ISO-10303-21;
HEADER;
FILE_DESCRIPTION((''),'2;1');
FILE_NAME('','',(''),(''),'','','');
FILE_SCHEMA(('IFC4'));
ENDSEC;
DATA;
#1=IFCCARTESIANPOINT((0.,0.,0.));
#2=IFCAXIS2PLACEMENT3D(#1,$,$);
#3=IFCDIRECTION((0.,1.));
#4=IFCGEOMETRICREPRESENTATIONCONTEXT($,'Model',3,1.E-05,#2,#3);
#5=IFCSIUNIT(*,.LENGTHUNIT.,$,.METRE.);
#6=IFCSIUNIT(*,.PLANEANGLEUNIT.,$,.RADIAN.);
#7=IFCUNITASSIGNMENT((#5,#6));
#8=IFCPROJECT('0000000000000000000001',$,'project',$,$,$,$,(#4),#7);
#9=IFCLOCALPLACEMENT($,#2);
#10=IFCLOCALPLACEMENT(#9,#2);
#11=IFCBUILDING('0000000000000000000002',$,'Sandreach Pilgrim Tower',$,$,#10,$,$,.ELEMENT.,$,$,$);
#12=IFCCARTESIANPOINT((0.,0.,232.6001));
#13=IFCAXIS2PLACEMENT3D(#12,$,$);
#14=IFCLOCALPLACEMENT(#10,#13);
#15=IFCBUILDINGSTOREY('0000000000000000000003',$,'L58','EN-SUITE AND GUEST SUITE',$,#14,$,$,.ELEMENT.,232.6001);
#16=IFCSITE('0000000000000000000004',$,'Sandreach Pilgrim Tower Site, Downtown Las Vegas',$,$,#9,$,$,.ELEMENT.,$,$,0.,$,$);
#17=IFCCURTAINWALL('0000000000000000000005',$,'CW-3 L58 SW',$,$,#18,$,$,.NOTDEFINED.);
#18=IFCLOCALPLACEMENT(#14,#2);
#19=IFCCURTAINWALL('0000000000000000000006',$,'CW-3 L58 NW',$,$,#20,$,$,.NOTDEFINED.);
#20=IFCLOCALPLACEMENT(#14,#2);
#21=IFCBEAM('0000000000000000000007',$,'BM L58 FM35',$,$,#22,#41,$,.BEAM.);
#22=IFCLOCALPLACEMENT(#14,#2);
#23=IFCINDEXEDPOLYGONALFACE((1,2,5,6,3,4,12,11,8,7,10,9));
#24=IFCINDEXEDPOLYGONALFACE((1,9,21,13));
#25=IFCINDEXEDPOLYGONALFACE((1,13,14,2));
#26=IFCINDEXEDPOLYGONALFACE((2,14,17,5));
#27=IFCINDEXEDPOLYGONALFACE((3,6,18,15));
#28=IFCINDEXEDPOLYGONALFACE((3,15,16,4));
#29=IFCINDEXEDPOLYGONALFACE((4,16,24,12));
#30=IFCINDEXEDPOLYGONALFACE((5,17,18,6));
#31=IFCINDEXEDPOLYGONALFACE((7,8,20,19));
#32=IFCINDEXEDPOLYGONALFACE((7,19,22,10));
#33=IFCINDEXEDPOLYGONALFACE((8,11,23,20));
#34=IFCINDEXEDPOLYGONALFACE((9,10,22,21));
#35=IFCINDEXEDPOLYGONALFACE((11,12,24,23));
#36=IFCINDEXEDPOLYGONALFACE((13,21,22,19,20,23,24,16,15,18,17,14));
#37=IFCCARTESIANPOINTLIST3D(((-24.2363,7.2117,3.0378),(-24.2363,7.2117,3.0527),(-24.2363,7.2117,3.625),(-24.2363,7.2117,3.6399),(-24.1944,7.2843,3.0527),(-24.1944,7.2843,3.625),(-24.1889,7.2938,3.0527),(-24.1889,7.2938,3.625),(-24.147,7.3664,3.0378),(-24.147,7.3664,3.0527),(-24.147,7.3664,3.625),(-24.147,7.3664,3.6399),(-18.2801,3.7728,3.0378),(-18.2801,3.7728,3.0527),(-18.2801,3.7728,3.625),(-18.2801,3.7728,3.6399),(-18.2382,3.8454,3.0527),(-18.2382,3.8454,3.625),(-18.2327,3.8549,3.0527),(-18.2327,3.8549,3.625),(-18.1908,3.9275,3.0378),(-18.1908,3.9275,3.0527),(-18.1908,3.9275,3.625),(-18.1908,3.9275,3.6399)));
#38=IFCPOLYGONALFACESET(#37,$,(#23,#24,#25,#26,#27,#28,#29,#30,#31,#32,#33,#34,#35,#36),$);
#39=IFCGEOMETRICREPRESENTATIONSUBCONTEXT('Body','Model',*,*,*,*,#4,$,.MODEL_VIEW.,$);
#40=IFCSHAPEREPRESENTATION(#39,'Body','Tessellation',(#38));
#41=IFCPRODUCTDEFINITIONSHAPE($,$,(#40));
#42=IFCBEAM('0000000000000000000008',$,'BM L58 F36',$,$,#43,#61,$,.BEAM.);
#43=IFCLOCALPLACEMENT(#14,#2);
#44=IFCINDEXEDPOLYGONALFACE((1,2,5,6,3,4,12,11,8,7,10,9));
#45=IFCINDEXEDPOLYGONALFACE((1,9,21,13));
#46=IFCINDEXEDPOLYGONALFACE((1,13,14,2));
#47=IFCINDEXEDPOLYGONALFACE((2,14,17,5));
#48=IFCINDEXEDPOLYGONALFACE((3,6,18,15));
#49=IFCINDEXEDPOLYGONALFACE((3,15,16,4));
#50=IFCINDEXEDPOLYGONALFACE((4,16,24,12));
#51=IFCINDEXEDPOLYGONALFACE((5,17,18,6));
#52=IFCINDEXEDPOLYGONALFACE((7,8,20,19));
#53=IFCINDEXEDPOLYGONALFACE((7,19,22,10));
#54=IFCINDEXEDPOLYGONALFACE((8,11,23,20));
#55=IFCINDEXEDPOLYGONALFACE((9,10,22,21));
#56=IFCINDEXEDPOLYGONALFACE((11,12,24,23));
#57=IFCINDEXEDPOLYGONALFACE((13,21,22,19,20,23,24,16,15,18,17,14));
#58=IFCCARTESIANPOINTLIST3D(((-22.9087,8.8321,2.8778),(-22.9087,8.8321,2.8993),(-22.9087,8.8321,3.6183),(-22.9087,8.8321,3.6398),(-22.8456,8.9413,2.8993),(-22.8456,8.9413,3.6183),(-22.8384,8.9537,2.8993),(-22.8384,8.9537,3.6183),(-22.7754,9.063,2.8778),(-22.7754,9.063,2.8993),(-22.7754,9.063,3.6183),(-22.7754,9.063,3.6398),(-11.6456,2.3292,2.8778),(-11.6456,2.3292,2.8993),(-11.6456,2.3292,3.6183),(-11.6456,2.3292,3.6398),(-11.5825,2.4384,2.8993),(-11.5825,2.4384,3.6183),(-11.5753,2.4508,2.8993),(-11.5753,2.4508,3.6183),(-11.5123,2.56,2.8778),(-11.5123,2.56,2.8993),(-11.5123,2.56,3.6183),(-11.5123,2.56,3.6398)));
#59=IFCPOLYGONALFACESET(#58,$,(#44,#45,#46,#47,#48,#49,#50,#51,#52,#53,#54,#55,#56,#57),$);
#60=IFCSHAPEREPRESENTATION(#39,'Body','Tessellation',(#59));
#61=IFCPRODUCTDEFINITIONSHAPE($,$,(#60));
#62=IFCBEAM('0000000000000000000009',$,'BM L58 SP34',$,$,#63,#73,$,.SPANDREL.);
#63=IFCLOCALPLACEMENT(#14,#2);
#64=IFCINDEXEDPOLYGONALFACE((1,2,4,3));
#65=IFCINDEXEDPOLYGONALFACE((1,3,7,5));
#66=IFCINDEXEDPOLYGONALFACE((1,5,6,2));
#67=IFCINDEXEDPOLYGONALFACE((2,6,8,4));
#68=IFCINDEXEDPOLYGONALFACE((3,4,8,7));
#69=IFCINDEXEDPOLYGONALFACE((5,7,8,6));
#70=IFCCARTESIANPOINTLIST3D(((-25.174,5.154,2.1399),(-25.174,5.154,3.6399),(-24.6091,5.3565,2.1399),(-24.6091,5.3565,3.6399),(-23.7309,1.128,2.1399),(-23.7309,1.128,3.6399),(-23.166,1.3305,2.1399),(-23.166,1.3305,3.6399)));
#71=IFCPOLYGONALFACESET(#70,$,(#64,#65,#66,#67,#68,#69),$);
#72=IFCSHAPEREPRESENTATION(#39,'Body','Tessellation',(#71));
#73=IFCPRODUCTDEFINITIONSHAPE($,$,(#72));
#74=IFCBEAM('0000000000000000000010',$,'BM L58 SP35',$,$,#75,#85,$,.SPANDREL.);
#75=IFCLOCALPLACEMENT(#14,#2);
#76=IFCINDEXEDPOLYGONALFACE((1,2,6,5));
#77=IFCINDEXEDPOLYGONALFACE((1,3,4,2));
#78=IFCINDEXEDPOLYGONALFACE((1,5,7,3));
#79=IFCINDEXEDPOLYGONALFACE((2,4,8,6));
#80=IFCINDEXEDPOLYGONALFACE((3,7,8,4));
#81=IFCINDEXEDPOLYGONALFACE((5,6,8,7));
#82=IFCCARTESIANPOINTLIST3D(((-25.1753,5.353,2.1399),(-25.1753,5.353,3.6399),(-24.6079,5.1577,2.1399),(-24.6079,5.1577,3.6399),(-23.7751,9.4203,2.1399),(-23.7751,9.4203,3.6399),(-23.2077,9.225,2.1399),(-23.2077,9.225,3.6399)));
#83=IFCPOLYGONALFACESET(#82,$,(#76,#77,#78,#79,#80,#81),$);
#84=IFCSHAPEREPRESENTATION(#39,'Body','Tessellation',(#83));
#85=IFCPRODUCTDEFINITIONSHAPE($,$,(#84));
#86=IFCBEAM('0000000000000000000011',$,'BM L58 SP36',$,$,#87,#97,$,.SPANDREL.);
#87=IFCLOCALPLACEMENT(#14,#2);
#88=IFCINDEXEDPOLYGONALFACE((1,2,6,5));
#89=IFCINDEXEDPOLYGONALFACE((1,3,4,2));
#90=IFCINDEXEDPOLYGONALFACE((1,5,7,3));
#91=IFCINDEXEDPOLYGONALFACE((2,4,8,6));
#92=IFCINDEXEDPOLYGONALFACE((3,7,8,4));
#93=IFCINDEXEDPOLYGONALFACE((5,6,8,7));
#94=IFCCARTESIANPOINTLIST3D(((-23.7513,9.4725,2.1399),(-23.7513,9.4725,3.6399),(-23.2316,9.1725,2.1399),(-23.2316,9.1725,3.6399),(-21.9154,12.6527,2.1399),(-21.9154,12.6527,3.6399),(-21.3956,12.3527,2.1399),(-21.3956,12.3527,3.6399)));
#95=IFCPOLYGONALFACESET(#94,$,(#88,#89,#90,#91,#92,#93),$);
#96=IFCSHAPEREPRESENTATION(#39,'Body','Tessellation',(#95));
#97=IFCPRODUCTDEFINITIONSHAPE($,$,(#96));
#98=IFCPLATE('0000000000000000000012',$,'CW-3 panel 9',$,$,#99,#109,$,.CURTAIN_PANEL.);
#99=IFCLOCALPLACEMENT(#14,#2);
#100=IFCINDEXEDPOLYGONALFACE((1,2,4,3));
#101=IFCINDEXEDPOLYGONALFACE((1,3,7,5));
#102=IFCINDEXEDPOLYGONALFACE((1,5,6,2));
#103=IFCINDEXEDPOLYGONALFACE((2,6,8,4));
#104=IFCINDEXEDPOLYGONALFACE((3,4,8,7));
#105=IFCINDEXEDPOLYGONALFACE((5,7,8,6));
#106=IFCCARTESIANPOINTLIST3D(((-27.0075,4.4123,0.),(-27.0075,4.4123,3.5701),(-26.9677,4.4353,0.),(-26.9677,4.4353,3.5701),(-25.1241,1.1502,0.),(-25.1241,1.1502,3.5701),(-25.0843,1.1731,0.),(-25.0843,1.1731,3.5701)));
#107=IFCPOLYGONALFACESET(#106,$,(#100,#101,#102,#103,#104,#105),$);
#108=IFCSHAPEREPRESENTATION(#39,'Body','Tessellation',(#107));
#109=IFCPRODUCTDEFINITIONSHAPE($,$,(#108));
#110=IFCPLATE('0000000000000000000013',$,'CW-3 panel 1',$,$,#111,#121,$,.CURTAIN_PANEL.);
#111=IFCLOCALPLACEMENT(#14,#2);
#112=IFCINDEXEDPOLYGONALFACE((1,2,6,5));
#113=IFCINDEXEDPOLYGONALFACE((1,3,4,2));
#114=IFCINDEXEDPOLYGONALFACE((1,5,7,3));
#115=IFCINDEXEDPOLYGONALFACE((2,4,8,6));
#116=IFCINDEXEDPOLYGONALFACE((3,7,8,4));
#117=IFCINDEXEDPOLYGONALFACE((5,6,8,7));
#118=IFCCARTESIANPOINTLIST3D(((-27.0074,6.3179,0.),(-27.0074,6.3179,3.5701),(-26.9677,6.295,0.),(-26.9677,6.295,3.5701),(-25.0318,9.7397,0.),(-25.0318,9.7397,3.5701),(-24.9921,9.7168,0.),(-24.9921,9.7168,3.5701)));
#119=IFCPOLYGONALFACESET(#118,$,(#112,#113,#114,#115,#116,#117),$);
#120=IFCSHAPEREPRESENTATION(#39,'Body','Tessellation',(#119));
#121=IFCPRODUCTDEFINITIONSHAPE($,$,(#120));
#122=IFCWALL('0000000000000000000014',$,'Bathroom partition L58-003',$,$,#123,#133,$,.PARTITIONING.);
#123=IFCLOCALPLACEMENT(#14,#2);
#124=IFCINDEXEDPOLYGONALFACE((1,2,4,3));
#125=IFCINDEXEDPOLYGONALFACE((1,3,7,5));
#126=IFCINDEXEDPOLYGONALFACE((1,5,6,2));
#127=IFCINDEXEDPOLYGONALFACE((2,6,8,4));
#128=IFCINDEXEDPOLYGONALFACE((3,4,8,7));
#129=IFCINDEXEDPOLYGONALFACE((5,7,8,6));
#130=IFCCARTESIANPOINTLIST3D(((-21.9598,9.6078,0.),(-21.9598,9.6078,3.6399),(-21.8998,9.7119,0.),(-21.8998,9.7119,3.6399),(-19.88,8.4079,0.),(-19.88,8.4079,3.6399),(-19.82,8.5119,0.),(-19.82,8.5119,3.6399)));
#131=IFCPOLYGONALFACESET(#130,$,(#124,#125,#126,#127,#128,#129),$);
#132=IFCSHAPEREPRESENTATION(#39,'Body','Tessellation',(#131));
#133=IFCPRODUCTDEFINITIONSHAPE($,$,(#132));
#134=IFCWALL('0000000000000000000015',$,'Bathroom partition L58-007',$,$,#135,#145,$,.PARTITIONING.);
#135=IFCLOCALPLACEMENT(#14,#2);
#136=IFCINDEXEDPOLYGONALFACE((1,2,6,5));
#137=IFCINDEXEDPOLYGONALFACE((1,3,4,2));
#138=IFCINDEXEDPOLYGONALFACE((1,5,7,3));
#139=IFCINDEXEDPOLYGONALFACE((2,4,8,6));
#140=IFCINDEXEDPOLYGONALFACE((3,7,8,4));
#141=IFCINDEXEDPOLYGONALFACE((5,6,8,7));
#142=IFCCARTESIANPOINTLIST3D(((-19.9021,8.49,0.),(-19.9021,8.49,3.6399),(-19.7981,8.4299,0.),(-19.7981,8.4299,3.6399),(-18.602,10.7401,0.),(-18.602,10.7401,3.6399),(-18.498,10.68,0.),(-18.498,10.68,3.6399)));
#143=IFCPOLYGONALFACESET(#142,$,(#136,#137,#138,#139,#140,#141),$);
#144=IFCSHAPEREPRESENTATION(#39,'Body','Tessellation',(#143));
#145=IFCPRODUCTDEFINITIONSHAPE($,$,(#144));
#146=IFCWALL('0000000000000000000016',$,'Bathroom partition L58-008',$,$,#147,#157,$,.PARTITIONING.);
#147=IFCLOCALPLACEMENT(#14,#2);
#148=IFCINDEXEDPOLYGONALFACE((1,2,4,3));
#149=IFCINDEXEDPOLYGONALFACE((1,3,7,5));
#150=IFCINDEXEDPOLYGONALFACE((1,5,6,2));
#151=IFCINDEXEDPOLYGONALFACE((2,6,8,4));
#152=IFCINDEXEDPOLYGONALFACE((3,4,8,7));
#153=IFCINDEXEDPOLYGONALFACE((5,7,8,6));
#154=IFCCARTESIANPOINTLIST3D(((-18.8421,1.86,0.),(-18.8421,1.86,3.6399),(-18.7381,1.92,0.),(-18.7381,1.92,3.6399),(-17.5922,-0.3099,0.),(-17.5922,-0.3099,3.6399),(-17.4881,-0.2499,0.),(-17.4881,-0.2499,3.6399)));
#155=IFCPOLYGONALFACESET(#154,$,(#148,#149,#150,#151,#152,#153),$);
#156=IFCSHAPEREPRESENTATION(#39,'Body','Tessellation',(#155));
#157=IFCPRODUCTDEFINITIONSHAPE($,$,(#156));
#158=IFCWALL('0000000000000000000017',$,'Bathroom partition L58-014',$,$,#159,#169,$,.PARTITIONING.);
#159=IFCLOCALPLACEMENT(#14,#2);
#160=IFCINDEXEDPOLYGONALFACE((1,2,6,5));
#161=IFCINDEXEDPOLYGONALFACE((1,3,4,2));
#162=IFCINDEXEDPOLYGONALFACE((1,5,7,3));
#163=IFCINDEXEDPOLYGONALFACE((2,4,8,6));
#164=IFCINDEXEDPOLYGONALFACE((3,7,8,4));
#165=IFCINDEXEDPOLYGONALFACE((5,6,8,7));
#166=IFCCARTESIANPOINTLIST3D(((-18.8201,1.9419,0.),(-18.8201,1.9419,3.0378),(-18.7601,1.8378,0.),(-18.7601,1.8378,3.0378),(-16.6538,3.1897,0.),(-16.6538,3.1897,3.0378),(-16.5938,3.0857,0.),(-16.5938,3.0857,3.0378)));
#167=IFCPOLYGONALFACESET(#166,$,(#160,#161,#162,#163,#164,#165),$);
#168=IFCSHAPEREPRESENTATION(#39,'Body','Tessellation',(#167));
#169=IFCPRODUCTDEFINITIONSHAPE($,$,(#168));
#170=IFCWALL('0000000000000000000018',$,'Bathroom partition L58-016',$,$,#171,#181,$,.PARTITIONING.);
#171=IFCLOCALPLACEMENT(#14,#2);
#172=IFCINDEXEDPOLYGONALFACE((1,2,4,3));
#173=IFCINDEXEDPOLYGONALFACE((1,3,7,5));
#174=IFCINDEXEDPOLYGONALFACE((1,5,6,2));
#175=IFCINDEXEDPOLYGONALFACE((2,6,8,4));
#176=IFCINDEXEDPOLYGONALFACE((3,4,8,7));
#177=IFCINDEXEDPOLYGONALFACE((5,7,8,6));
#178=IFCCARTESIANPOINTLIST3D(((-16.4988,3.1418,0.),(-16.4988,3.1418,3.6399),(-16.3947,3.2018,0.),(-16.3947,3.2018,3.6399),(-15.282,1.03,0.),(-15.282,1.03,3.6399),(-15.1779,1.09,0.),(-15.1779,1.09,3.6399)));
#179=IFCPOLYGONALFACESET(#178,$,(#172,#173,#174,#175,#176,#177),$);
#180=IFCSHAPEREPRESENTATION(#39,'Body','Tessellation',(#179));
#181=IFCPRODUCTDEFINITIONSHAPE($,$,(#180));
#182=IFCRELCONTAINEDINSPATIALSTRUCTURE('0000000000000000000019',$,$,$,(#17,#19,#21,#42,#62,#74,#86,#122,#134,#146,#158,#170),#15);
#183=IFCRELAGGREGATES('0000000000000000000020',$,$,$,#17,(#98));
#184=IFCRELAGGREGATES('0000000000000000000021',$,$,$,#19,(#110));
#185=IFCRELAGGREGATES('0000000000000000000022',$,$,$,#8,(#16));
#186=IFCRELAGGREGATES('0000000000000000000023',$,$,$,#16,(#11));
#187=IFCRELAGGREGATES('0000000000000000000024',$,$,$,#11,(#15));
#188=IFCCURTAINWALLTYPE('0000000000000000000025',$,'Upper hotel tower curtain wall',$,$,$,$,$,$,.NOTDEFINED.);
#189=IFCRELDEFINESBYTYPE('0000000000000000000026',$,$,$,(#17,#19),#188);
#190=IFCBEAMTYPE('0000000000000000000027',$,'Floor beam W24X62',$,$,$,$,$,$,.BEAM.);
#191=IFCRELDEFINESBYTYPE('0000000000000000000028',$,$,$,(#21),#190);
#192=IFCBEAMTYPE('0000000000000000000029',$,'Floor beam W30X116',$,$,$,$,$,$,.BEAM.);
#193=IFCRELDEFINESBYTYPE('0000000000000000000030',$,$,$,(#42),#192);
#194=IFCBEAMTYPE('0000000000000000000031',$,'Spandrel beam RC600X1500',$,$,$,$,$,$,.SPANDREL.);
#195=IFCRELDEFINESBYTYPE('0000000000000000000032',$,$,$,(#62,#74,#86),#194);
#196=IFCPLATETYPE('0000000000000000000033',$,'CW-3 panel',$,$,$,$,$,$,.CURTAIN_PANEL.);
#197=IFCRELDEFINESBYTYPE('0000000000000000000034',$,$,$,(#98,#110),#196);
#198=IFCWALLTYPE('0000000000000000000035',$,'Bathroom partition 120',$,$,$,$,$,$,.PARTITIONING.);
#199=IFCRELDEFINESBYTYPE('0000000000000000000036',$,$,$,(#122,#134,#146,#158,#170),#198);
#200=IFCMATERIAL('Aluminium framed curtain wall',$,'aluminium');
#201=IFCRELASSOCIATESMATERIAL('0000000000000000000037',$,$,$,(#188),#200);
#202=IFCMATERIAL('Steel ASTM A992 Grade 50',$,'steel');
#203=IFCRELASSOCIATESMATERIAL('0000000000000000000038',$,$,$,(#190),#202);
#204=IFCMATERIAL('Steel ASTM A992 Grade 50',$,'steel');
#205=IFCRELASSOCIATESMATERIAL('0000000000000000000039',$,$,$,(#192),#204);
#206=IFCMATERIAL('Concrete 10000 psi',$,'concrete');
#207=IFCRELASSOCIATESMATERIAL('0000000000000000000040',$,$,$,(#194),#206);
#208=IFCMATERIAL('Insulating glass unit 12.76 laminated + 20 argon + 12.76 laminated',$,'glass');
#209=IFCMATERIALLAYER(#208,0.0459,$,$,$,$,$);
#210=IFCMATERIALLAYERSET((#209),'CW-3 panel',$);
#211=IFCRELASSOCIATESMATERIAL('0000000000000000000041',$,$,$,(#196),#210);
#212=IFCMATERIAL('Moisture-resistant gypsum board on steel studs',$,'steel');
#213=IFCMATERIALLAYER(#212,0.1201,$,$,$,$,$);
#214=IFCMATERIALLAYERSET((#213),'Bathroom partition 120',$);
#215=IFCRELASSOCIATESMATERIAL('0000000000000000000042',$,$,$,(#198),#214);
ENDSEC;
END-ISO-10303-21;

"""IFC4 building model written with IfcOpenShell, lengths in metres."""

from ifc_helpers import new_model, si_unit, direction, frame, frame_2d, origin, origin_2d, place, context, subcontext, project, spatial, rectangle, i_section, extrude, material, layer, layer_set, material_profile, profile_set, type_object, element, aggregate, save


model = new_model("IFC4")

# Units and contexts
model_context = context("Model", 3, precision=1e-05, world=origin(), true_north=direction((0.0, 1.0)))
body_context = subcontext(model_context, "Body", "Model", "MODEL_VIEW")
ifc_project = project(units=[si_unit("LENGTHUNIT", "METRE"), si_unit("PLANEANGLEUNIT", "RADIAN")], contexts=[model_context])

# Site, building, storey
site_placement = place(None, origin())
site = spatial("IfcSite", under=ifc_project, at=site_placement, Name="Sandreach Pilgrim Tower Site, Downtown Las Vegas", CompositionType="ELEMENT", RefElevation=0.0)
building_placement = place(site_placement, origin())
building = spatial("IfcBuilding", under=site, at=building_placement, Name="Sandreach Pilgrim Tower", CompositionType="ELEMENT")
storey_placement = place(building_placement, frame((0.0, 0.0, 232.6001)))
storey = spatial("IfcBuildingStorey", under=building, at=storey_placement, Name="L58", Description="EN-SUITE AND GUEST SUITE", CompositionType="ELEMENT", Elevation=232.6001)

# Curtain wall
ifc_material_1 = material(Name="Aluminium framed curtain wall", Category="aluminium")
curtain_wall_type = type_object("IfcCurtainWallType", Name="Upper hotel tower curtain wall", PredefinedType="NOTDEFINED", material=ifc_material_1)
curtain_wall_1_placement = place(storey_placement, origin())
curtain_wall_1 = element("IfcCurtainWall", 1, at=curtain_wall_1_placement, inside=storey, type_object=curtain_wall_type, Name="CW-3 L58 SW", PredefinedType="NOTDEFINED")

# Curtain wall
curtain_wall_2_placement = place(storey_placement, origin())
curtain_wall_2 = element("IfcCurtainWall", 2, at=curtain_wall_2_placement, inside=storey, type_object=curtain_wall_type, Name="CW-3 L58 NW", PredefinedType="NOTDEFINED")

# Beams
ifc_material_2 = material(Name="Steel ASTM A992 Grade 50", Category="steel")
ifc_material_profile_1 = material_profile(ifc_material_2, i_section(OverallWidth=0.1787, OverallDepth=0.6021, WebThickness=0.011, FlangeThickness=0.0149, at=origin_2d()), Name="W24X62")
ifc_profile_set_1 = profile_set([ifc_material_profile_1], Name="Steel ASTM A992 Grade 50")
beam_type_1 = type_object("IfcBeamType", Name="Floor beam W24X62", PredefinedType="BEAM", material=ifc_profile_set_1)
beam_1_placement = place(storey_placement, frame((-24.1917, 7.2891, 3.3389), z_axis=(0.866019, -0.50001, 0.0), x_axis=(0.50001, 0.866019, 0.0)))
element("IfcBeam", 3, at=beam_1_placement, inside=storey, type_object=beam_type_1, Name="BM L58 FM35", PredefinedType="BEAM", context=body_context, shape_type="SweptSolid", body=[
    extrude(i_section(OverallWidth=0.1787, OverallDepth=0.6021, WebThickness=0.011, FlangeThickness=0.0149, at=origin_2d()), origin(), (0.0, 0.0, 1.0), 6.8777),
])
ifc_material_3 = material(Name="Steel ASTM A992 Grade 50", Category="steel")
ifc_material_profile_2 = material_profile(ifc_material_3, i_section(OverallWidth=0.2666, OverallDepth=0.762, WebThickness=0.0144, FlangeThickness=0.0215, at=origin_2d()), Name="W30X116")
ifc_profile_set_2 = profile_set([ifc_material_profile_2], Name="Steel ASTM A992 Grade 50")
beam_type_2 = type_object("IfcBeamType", Name="Floor beam W30X116", PredefinedType="BEAM", material=ifc_profile_set_2)
beam_2_placement = place(storey_placement, frame((-22.842, 8.9475, 3.2588), z_axis=(0.866021, -0.500007, 0.0), x_axis=(0.500007, 0.866021, 0.0)))
element("IfcBeam", 4, at=beam_2_placement, inside=storey, type_object=beam_type_2, Name="BM L58 F36", PredefinedType="BEAM", context=body_context, shape_type="SweptSolid", body=[
    extrude(i_section(OverallWidth=0.2666, OverallDepth=0.762, WebThickness=0.0144, FlangeThickness=0.0215, at=origin_2d()), origin(), (0.0, 0.0, 1.0), 13.0056),
])
ifc_material_4 = material(Name="Concrete 10000 psi", Category="concrete")
ifc_material_profile_3 = material_profile(ifc_material_4, rectangle(XDim=0.6001, YDim=1.5, at=origin_2d()), Name="RC600X1500")
ifc_profile_set_3 = profile_set([ifc_material_profile_3], Name="Concrete 10000 psi")
beam_type_3 = type_object("IfcBeamType", Name="Spandrel beam RC600X1500", PredefinedType="SPANDREL", material=ifc_profile_set_3)
beam_3_placement = place(storey_placement, frame((-23.4485, 1.2292, 2.8899), z_axis=(-0.337417, 0.941355, 0.0), x_axis=(-0.941355, -0.337417, 0.0)))
element("IfcBeam", 5, at=beam_3_placement, inside=storey, type_object=beam_type_3, Name="BM L58 SP34", PredefinedType="SPANDREL", context=body_context, shape_type="SweptSolid", body=[
    extrude(rectangle(XDim=0.6001, YDim=1.5, at=origin_2d()), origin(), (0.0, 0.0, 1.0), 4.2769),
])
beam_4_placement = place(storey_placement, frame((-24.8916, 5.2554, 2.8899), z_axis=(0.32551, 0.945539, 0.0), x_axis=(-0.945539, 0.32551, 0.0)))
element("IfcBeam", 6, at=beam_4_placement, inside=storey, type_object=beam_type_3, Name="BM L58 SP35", PredefinedType="SPANDREL", context=body_context, shape_type="SweptSolid", body=[
    extrude(rectangle(XDim=0.6001, YDim=1.5, at=origin_2d()), origin(), (0.0, 0.0, 1.0), 4.3015),
])
beam_5_placement = place(storey_placement, frame((-23.4915, 9.3225, 2.8899), z_axis=(0.499972, 0.866042, 0.0), x_axis=(-0.866042, 0.499972, 0.0)))
element("IfcBeam", 7, at=beam_5_placement, inside=storey, type_object=beam_type_3, Name="BM L58 SP36", PredefinedType="SPANDREL", context=body_context, shape_type="SweptSolid", body=[
    extrude(rectangle(XDim=0.6001, YDim=1.5, at=origin_2d()), origin(), (0.0, 0.0, 1.0), 3.6721),
])

# Plates
ifc_material_5 = material(Name="Insulating glass unit 12.76 laminated + 20 argon + 12.76 laminated", Category="glass")
ifc_layer_1 = layer(ifc_material_5, 0.0459)
ifc_layer_set_1 = layer_set([ifc_layer_1], Name="CW-3 panel")
plate_type = type_object("IfcPlateType", Name="CW-3 panel", PredefinedType="CURTAIN_PANEL", material=ifc_layer_set_1)
plate_1_placement = place(storey_placement, frame((-26.0459, 2.7927, 0.0), z_axis=(0.0, 0.0, 1.0), x_axis=(-0.5, 0.866025, 0.0)))
plate_1 = element("IfcPlate", 8, at=plate_1_placement, type_object=plate_type, Name="CW-3 panel 9", PredefinedType="CURTAIN_PANEL", context=body_context, shape_type="SweptSolid", body=[
    extrude(rectangle(XDim=3.7668, YDim=0.0459, at=origin_2d()), origin(), (0.0, 0.0, 1.0), 3.5701),
])
aggregate(curtain_wall_1, [plate_1])
plate_2_placement = place(storey_placement, frame((-25.9998, 8.0173, 0.0), z_axis=(0.0, 0.0, 1.0), x_axis=(0.5, 0.866025, 0.0)))
plate_2 = element("IfcPlate", 9, at=plate_2_placement, type_object=plate_type, Name="CW-3 panel 1", PredefinedType="CURTAIN_PANEL", context=body_context, shape_type="SweptSolid", body=[
    extrude(rectangle(XDim=3.9512, YDim=0.0459, at=origin_2d()), origin(), (0.0, 0.0, 1.0), 3.5701),
])
aggregate(curtain_wall_2, [plate_2])

# Walls
ifc_material_6 = material(Name="Moisture-resistant gypsum board on steel studs", Category="steel")
ifc_layer_2 = layer(ifc_material_6, 0.1201)
ifc_layer_set_2 = layer_set([ifc_layer_2], Name="Bathroom partition 120")
wall_type_1 = type_object("IfcWallType", Name="Bathroom partition 120", PredefinedType="PARTITIONING", material=ifc_layer_set_2)
wall_1_placement = place(storey_placement, frame((-21.9299, 9.6599, 0.0), z_axis=(0.0, 0.0, 1.0), x_axis=(0.866177, -0.499737, 0.0)))
element("IfcWall", 10, at=wall_1_placement, inside=storey, type_object=wall_type_1, Name="Bathroom partition L58-003", PredefinedType="PARTITIONING", context=body_context, shape_type="SweptSolid", body=[
    extrude(rectangle(XDim=2.4011, YDim=0.1201, at=frame_2d((1.2007, 0.0))), origin(), (0.0, 0.0, 1.0), 3.6399),
])
wall_2_placement = place(storey_placement, frame((-19.8501, 8.46, 0.0), z_axis=(0.0, 0.0, 1.0), x_axis=(0.500292, 0.865857, 0.0)))
element("IfcWall", 11, at=wall_2_placement, inside=storey, type_object=wall_type_1, Name="Bathroom partition L58-007", PredefinedType="PARTITIONING", context=body_context, shape_type="SweptSolid", body=[
    extrude(rectangle(XDim=2.5986, YDim=0.1201, at=frame_2d((1.2993, 0.0))), origin(), (0.0, 0.0, 1.0), 3.6399),
])
wall_3_placement = place(storey_placement, frame((-18.79, 1.8899, 0.0), z_axis=(0.0, 0.0, 1.0), x_axis=(0.49916, -0.86651, 0.0)))
element("IfcWall", 12, at=wall_3_placement, inside=storey, type_object=wall_type_1, Name="Bathroom partition L58-008", PredefinedType="PARTITIONING", context=body_context, shape_type="SweptSolid", body=[
    extrude(rectangle(XDim=2.5042, YDim=0.1201, at=frame_2d((1.252, 0.0))), origin(), (0.0, 0.0, 1.0), 3.6399),
])
wall_4_placement = place(storey_placement, frame((-16.6238, 3.1377, 0.0), z_axis=(0.0, 0.0, 1.0), x_axis=(-0.866525, -0.499133, 0.0)))
element("IfcWall", 13, at=wall_4_placement, inside=storey, type_object=wall_type_1, Name="Bathroom partition L58-014", PredefinedType="PARTITIONING", context=body_context, shape_type="SweptSolid", body=[
    extrude(rectangle(XDim=2.5, YDim=0.1201, at=frame_2d((1.25, 0.0))), origin(), (0.0, 0.0, 1.0), 3.0378),
])
wall_5_placement = place(storey_placement, frame((-16.4468, 3.1719, 0.0), z_axis=(0.0, 0.0, 1.0), x_axis=(0.499243, -0.866462, 0.0)))
element("IfcWall", 14, at=wall_5_placement, inside=storey, type_object=wall_type_1, Name="Bathroom partition L58-016", PredefinedType="PARTITIONING", context=body_context, shape_type="SweptSolid", body=[
    extrude(rectangle(XDim=2.4373, YDim=0.1201, at=frame_2d((1.2188, 0.0))), origin(), (0.0, 0.0, 1.0), 3.6399),
])

save(model, "model.ifc")
